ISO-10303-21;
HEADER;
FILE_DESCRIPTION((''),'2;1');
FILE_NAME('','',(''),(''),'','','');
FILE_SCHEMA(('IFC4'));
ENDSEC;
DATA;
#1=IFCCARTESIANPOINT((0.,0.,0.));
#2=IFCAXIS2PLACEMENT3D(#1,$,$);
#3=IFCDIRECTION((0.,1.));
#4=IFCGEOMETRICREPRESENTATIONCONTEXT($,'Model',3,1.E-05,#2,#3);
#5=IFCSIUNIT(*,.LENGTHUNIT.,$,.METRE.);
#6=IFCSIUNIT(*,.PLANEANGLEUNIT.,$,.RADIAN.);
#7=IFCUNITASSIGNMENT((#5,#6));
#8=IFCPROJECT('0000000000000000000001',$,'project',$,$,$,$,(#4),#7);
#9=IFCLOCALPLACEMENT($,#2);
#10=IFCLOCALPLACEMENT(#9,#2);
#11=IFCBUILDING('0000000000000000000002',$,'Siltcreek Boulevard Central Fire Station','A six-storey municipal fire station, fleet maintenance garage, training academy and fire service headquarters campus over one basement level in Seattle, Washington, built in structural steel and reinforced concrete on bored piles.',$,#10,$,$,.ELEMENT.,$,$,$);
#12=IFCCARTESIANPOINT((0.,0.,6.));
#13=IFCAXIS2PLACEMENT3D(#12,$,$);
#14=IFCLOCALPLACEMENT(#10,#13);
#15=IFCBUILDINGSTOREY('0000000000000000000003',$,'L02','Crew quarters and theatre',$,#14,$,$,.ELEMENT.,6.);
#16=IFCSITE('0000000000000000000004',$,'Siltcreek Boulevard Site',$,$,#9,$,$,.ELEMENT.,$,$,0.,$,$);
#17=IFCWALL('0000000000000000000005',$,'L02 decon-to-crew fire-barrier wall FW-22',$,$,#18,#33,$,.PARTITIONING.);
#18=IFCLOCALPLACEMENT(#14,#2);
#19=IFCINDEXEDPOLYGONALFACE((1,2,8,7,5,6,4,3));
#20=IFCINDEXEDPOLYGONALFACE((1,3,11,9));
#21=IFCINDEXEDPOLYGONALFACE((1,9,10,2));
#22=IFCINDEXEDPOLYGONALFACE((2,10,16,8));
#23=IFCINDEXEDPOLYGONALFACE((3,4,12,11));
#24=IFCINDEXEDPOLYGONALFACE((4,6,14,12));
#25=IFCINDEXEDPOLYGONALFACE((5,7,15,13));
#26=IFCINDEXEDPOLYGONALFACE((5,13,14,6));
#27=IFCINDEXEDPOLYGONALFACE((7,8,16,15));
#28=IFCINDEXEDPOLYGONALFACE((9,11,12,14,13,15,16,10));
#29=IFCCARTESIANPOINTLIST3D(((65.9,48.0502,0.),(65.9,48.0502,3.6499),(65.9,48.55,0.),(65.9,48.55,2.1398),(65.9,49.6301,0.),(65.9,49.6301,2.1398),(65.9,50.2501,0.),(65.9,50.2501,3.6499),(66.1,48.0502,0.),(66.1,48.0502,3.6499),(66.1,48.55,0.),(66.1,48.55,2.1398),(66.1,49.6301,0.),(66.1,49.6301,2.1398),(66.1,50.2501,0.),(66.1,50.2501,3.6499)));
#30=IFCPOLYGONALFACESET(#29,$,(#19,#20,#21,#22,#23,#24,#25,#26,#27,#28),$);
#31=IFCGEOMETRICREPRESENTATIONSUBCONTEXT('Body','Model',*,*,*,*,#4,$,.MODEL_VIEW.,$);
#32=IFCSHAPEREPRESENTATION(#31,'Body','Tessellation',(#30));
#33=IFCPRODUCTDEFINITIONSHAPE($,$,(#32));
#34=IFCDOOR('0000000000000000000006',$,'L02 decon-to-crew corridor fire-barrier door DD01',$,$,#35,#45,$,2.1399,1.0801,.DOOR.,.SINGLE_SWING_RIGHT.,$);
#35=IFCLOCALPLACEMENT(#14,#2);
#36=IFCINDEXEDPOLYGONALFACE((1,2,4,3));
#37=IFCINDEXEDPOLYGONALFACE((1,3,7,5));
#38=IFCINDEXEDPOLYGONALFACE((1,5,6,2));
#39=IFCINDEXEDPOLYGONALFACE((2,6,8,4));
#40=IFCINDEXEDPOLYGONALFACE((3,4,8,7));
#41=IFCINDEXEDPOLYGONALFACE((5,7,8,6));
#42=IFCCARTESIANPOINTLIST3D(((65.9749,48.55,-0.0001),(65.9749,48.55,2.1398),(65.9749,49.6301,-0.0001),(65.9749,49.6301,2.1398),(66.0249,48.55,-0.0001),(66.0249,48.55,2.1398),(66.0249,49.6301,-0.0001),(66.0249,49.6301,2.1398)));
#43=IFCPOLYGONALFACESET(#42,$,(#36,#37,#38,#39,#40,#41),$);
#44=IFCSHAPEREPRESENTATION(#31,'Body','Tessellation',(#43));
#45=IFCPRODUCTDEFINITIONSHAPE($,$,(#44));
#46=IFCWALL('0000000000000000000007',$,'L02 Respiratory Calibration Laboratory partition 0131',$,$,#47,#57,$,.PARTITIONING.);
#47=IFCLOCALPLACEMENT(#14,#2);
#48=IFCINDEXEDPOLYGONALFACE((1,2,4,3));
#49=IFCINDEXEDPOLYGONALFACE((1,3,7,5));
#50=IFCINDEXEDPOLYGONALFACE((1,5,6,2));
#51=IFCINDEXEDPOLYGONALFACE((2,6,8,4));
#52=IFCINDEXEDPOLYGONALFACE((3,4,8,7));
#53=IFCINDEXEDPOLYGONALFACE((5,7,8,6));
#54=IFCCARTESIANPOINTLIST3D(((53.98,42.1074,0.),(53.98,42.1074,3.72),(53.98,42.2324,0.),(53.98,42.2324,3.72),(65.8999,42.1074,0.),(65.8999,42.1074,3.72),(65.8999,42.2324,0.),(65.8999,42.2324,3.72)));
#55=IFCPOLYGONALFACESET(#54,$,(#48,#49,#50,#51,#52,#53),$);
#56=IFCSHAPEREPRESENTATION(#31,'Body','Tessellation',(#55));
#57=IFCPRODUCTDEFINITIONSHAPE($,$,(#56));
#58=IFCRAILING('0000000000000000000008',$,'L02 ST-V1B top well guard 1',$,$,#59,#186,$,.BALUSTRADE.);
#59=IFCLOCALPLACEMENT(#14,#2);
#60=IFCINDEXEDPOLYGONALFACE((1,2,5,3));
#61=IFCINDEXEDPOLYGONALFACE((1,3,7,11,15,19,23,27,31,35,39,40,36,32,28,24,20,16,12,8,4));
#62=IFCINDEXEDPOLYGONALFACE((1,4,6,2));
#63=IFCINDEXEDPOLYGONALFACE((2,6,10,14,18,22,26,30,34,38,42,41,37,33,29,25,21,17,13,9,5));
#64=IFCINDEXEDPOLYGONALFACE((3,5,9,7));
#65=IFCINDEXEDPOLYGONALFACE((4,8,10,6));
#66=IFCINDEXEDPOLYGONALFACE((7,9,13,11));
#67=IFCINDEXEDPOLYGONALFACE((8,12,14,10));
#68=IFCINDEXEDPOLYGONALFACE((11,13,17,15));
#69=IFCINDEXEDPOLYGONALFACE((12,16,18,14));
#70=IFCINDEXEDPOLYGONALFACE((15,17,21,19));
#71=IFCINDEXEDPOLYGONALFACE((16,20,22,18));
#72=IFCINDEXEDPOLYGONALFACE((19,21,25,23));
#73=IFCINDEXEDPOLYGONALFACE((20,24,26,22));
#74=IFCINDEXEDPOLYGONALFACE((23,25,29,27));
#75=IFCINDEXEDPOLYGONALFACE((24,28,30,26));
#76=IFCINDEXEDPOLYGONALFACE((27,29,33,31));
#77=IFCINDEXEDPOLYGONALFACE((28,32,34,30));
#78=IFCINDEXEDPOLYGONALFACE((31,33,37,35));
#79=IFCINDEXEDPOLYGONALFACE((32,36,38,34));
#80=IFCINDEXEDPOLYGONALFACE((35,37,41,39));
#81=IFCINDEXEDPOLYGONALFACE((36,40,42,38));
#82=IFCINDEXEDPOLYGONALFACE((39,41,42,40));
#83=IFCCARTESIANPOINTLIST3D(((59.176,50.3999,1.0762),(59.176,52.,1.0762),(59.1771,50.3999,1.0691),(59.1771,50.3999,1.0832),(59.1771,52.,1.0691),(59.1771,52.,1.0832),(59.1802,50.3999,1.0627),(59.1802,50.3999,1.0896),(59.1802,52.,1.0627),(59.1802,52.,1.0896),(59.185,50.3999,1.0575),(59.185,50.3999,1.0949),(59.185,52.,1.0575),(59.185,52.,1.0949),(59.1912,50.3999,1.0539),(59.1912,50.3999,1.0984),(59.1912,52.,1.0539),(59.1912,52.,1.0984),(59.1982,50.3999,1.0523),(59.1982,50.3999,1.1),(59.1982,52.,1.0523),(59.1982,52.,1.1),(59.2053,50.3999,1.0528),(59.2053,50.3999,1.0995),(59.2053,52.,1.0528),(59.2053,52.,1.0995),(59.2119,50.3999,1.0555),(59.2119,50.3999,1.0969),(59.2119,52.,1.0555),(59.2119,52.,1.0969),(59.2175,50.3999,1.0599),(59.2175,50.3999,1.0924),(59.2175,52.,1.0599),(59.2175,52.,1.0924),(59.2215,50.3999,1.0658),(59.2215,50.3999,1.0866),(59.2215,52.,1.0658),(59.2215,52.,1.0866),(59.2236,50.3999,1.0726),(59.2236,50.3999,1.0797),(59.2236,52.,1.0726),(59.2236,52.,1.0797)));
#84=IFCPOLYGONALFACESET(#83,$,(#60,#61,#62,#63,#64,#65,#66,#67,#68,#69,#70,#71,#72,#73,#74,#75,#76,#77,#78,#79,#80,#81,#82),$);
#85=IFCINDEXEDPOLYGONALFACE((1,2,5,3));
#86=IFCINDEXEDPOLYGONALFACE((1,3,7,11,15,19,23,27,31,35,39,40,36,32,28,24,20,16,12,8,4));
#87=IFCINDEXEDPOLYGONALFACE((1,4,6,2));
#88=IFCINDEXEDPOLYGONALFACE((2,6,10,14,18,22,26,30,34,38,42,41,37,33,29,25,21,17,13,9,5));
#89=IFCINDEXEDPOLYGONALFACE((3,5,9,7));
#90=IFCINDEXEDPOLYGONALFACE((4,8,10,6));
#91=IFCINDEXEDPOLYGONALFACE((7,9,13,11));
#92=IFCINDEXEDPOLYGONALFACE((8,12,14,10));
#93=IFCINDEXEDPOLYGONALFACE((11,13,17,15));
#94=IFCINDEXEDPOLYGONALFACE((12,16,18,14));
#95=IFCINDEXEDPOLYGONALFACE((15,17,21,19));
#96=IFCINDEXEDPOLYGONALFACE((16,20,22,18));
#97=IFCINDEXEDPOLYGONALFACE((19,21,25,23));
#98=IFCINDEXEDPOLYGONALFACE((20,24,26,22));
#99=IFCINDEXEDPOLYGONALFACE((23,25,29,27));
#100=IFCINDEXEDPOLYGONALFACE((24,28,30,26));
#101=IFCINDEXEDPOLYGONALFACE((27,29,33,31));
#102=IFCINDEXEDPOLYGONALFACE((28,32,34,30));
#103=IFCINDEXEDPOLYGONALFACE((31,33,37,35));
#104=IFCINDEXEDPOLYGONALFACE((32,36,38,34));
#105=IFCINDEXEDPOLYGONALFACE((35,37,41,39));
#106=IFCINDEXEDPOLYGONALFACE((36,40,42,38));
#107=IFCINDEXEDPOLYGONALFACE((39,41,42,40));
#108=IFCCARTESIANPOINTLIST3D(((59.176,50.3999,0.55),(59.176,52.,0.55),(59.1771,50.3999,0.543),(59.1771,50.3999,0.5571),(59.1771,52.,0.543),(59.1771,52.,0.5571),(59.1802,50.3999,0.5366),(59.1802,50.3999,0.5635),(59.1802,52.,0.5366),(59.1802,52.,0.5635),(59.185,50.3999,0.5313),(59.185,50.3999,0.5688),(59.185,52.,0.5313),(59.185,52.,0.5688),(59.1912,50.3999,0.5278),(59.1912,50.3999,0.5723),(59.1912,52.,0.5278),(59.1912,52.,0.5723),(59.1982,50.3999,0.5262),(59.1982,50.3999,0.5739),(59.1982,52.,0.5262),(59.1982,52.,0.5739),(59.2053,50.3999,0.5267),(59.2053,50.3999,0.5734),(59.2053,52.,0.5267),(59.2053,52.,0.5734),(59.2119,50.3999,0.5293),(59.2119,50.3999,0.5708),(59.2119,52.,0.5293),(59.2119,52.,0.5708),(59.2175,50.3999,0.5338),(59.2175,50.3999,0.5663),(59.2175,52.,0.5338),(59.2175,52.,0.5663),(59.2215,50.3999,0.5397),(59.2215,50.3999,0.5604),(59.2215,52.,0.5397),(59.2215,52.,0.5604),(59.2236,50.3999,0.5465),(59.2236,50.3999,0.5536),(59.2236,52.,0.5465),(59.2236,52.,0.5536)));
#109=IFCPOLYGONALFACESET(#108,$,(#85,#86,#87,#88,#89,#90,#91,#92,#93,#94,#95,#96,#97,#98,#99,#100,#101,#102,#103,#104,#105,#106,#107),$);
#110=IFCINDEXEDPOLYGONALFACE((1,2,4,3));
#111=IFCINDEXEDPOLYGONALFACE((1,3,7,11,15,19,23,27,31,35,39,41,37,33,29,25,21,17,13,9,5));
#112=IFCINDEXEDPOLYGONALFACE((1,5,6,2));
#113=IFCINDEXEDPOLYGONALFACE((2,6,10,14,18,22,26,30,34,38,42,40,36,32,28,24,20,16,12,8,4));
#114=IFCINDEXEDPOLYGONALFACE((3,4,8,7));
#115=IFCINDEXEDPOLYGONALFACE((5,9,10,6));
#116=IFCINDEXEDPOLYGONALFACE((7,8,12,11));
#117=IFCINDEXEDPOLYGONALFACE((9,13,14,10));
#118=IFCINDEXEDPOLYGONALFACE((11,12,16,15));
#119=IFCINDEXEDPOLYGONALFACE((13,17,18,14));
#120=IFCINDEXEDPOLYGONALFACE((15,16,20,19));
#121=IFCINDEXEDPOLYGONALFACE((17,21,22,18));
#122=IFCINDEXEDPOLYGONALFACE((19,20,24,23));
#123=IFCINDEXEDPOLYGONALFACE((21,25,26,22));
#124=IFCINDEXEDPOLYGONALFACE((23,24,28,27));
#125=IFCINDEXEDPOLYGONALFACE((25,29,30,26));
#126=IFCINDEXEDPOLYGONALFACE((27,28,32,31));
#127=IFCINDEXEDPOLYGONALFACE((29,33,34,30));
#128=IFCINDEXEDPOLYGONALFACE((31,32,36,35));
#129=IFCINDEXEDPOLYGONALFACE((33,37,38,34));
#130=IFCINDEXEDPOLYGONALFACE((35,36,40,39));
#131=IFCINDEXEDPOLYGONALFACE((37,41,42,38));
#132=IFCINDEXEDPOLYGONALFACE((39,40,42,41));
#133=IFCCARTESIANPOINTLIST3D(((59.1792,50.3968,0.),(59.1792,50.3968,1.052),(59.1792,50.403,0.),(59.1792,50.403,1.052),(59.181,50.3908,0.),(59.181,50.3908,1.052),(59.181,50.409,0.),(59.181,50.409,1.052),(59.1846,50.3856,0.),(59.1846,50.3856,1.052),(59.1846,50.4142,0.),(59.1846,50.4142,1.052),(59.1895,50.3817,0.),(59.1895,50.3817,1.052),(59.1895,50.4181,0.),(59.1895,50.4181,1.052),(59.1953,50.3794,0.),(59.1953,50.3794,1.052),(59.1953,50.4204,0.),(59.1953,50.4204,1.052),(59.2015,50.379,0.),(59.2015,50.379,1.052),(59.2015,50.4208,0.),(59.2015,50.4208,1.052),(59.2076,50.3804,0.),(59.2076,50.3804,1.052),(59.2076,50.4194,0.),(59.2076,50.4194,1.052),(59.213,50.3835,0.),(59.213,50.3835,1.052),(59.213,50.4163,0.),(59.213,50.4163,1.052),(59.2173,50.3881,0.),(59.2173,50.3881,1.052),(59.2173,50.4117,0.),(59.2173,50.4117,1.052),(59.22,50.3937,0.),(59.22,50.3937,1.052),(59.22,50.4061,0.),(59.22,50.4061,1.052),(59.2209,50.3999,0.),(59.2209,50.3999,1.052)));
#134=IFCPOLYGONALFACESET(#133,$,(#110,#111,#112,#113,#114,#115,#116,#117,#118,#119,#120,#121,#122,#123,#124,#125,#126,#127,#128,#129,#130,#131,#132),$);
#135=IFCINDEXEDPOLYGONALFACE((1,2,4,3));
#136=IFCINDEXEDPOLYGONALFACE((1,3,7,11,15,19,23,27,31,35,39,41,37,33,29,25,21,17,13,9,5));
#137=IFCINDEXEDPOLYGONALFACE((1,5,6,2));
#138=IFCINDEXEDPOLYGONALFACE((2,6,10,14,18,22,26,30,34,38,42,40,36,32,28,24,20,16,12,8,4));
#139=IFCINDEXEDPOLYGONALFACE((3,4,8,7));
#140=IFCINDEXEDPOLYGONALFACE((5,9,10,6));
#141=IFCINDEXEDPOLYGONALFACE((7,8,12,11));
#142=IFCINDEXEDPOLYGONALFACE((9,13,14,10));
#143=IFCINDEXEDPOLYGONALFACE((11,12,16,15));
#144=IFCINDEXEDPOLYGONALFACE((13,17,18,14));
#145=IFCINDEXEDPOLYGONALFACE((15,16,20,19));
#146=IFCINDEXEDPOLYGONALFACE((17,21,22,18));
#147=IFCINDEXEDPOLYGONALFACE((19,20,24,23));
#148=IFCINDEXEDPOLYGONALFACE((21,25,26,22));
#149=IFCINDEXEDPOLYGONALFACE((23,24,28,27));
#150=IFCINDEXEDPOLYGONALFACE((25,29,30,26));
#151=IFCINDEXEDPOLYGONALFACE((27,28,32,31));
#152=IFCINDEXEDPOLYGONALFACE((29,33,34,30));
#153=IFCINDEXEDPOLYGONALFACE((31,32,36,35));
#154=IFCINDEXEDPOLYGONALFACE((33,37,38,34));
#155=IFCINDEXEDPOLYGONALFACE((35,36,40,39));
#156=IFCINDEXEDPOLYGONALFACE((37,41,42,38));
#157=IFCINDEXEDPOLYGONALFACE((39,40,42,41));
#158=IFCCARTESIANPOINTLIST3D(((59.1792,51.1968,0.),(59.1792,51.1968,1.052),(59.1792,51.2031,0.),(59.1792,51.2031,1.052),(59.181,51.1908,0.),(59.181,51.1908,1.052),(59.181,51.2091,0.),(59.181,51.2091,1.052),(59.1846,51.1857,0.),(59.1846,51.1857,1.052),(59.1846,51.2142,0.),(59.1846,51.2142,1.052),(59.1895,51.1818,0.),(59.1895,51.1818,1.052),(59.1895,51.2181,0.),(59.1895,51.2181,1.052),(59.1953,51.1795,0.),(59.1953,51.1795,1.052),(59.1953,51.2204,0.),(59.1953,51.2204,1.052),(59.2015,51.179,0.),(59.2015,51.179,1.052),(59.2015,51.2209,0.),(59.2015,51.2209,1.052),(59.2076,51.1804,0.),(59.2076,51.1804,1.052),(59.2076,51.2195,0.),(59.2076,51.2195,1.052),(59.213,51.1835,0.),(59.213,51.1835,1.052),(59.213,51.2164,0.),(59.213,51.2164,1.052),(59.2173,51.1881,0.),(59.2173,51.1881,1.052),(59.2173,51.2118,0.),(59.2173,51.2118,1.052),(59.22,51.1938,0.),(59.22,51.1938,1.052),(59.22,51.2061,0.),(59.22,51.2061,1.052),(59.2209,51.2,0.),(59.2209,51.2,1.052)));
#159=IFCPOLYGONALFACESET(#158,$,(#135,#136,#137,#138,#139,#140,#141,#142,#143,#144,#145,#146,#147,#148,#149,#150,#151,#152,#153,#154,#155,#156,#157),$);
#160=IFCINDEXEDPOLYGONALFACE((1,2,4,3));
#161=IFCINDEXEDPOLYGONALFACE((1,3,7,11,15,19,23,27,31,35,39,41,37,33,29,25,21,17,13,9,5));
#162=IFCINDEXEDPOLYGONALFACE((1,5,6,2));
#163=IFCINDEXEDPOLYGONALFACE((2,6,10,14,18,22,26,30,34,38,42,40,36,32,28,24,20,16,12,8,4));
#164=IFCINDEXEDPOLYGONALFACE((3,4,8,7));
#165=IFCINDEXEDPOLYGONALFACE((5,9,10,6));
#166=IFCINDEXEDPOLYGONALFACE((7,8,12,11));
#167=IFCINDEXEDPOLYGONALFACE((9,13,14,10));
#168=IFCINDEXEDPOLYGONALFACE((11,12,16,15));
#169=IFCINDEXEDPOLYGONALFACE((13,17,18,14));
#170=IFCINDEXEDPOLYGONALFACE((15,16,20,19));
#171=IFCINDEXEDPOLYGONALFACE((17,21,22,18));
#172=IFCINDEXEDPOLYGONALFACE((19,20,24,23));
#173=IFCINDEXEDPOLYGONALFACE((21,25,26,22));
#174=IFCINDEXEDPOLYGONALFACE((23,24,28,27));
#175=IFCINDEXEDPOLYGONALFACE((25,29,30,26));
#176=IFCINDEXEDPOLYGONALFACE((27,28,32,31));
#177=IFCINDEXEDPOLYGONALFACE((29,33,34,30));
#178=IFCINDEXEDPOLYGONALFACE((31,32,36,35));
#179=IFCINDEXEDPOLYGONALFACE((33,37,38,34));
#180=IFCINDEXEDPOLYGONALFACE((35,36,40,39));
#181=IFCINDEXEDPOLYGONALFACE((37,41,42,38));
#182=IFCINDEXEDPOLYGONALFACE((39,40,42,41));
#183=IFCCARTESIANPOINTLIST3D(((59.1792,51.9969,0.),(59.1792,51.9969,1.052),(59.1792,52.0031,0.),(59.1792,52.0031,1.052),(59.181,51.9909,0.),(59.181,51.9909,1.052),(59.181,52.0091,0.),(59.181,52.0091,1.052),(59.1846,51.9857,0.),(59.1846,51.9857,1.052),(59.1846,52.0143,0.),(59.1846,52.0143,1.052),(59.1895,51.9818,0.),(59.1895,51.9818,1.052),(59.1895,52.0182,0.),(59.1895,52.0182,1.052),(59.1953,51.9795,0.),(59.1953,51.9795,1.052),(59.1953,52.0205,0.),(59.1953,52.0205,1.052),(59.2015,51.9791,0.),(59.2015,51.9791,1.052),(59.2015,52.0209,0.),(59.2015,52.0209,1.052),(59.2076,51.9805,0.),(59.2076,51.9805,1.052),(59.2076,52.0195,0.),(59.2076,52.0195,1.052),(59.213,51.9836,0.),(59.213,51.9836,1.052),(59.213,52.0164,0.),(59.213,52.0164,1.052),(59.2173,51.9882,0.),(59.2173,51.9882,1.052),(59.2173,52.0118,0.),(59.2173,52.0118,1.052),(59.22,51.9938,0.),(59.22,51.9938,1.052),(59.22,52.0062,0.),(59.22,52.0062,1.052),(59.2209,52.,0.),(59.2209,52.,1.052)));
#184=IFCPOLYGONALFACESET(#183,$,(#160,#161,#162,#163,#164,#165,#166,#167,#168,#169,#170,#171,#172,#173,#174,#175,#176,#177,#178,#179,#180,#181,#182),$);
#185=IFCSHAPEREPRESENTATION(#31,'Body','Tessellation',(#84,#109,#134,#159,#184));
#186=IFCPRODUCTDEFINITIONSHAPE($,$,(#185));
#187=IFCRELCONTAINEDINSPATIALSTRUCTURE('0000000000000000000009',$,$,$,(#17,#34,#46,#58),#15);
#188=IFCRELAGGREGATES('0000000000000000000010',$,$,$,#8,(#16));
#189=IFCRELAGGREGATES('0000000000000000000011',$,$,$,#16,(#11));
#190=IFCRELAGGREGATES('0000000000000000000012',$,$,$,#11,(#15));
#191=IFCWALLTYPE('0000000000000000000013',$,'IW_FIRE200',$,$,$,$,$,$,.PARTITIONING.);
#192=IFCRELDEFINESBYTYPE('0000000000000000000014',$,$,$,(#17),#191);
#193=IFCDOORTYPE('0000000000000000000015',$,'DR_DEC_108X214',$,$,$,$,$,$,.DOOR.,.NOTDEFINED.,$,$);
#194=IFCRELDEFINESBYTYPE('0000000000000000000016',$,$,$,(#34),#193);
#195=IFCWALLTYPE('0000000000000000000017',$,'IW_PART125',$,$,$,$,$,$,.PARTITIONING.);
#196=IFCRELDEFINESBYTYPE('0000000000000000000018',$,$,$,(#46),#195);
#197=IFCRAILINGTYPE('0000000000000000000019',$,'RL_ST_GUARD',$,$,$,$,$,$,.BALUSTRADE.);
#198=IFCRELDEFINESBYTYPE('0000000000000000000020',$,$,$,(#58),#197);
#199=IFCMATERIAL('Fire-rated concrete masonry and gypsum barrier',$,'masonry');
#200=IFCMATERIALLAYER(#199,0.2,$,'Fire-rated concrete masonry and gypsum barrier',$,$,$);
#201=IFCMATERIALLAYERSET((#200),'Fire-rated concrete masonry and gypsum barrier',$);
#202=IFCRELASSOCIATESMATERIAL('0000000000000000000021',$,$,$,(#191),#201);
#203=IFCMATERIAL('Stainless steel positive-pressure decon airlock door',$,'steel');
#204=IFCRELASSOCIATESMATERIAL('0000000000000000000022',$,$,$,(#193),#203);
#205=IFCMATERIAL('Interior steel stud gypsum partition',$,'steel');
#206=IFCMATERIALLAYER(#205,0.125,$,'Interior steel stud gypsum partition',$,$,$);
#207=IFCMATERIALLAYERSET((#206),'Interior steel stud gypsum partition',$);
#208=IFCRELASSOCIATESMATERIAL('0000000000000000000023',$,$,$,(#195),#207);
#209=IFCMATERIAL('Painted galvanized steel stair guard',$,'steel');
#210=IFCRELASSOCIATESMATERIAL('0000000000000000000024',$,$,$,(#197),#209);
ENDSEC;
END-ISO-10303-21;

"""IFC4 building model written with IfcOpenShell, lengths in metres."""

from ifc_helpers import new_model, si_unit, direction, frame, frame_2d, origin, origin_2d, place, context, subcontext, project, spatial, rectangle, circle, extrude, material, layer, layer_set, type_object, element, fill, save


model = new_model("IFC4")

# Units and contexts
model_context = context("Model", 3, precision=1e-05, world=origin(), true_north=direction((0.0, 1.0)))
body_context = subcontext(model_context, "Body", "Model", "MODEL_VIEW")
ifc_project = project(units=[si_unit("LENGTHUNIT", "METRE"), si_unit("PLANEANGLEUNIT", "RADIAN")], contexts=[model_context])

# Site, building, storey
site_placement = place(None, origin())
site = spatial("IfcSite", under=ifc_project, at=site_placement, Name="Siltcreek Boulevard Site", CompositionType="ELEMENT", RefElevation=0.0)
building_placement = place(site_placement, origin())
building = spatial("IfcBuilding", under=site, at=building_placement, Name="Siltcreek Boulevard Central Fire Station", Description="A six-storey municipal fire station, fleet maintenance garage, training academy and fire service headquarters campus over one basement level in Seattle, Washington, built in structural steel and reinforced concrete on bored piles.", CompositionType="ELEMENT")
storey_placement = place(building_placement, frame((0.0, 0.0, 6.0)))
storey = spatial("IfcBuildingStorey", under=building, at=storey_placement, Name="L02", Description="Crew quarters and theatre", CompositionType="ELEMENT", Elevation=6.0)

# Shared definitions
ifc_material_1 = material(Name="Fire-rated concrete masonry and gypsum barrier", Category="masonry")
ifc_layer_1 = layer(ifc_material_1, 0.2, Name="Fire-rated concrete masonry and gypsum barrier")
ifc_layer_set_1 = layer_set([ifc_layer_1], Name="Fire-rated concrete masonry and gypsum barrier")
wall_type_1 = type_object("IfcWallType", Name="IW_FIRE200", PredefinedType="PARTITIONING", material=ifc_layer_set_1)

# Wall, opening, door
wall_1_placement = place(storey_placement, frame((66.0, 48.05, 0.0), z_axis=(0.0, 0.0, 1.0), x_axis=(0.0, 1.0, 0.0)))
wall_1 = element("IfcWall", 1, at=wall_1_placement, inside=storey, type_object=wall_type_1, Name="L02 decon-to-crew fire-barrier wall FW-22", PredefinedType="PARTITIONING", context=body_context, shape_type="SweptSolid", body=[
    extrude(rectangle(XDim=2.2, YDim=0.2, at=frame_2d((1.1001, 0.0))), origin(), (0.0, 0.0, 1.0), 3.6499),
])
opening_1_placement = place(wall_1_placement, frame((0.5, 0.0, 0.0)))
opening_1 = element("IfcOpeningElement", 2, at=opening_1_placement, cuts=wall_1, PredefinedType="OPENING", context=body_context, shape_type="SweptSolid", body=[
    extrude(rectangle(XDim=1.0801, YDim=2.1399, at=frame_2d((0.54, 1.0698))), frame((0.0, 0.1099, 0.0), z_axis=(0.0, -1.0, 0.0), x_axis=(1.0, 0.0, 0.0)), (0.0, 0.0, 1.0), 0.22),
])
ifc_material_2 = material(Name="Stainless steel positive-pressure decon airlock door", Category="steel")
door_type = type_object("IfcDoorType", Name="DR_DEC_108X214", OperationType="NOTDEFINED", PredefinedType="DOOR", material=ifc_material_2)
door_placement = place(opening_1_placement, frame((1.0801, 0.0, 0.0), z_axis=(0.0, 0.0, 1.0), x_axis=(-1.0, 0.0, 0.0)))
door = element("IfcDoor", 3, at=door_placement, inside=storey, type_object=door_type, Name="L02 decon-to-crew corridor fire-barrier door DD01", OperationType="SINGLE_SWING_RIGHT", OverallHeight=2.1399, OverallWidth=1.0801, PredefinedType="DOOR", context=body_context, shape_type="SweptSolid", body=[
    extrude(rectangle(XDim=1.0801, YDim=2.1399, at=frame_2d((0.54, 1.0698))), frame((0.0, 0.0249, 0.0), z_axis=(0.0, -1.0, 0.0), x_axis=(1.0, 0.0, 0.0)), (0.0, 0.0, 1.0), 0.05),
])
fill(opening_1, door)

# Wall
ifc_material_3 = material(Name="Interior steel stud gypsum partition", Category="steel")
ifc_layer_2 = layer(ifc_material_3, 0.125, Name="Interior steel stud gypsum partition")
ifc_layer_set_2 = layer_set([ifc_layer_2], Name="Interior steel stud gypsum partition")
wall_type_2 = type_object("IfcWallType", Name="IW_PART125", PredefinedType="PARTITIONING", material=ifc_layer_set_2)
wall_2_placement = place(storey_placement, frame((65.8999, 42.1699, 0.0), z_axis=(0.0, 0.0, 1.0), x_axis=(-1.0, 0.0, 0.0)))
element("IfcWall", 4, at=wall_2_placement, inside=storey, type_object=wall_type_2, Name="L02 Respiratory Calibration Laboratory partition 0131", PredefinedType="PARTITIONING", context=body_context, shape_type="SweptSolid", body=[
    extrude(rectangle(XDim=11.9199, YDim=0.125, at=frame_2d((5.96, 0.0))), origin(), (0.0, 0.0, 1.0), 3.72),
])

# Railing
ifc_material_4 = material(Name="Painted galvanized steel stair guard", Category="steel")
railing_type = type_object("IfcRailingType", Name="RL_ST_GUARD", PredefinedType="BALUSTRADE", material=ifc_material_4)
railing_placement = place(storey_placement, frame((59.2, 50.3999, 0.0)))
element("IfcRailing", 5, at=railing_placement, inside=storey, type_object=railing_type, Name="L02 ST-V1B top well guard 1", PredefinedType="BALUSTRADE", context=body_context, shape_type="SweptSolid", body=[
    extrude(circle(Radius=0.0239, at=origin_2d()), frame((0.0, 0.0, 1.0762), z_axis=(0.0, 1.0, 0.0), x_axis=(-1.0, 0.0, 0.0)), (0.0, 0.0, 1.0), 1.6001),
    extrude(circle(Radius=0.0239, at=origin_2d()), frame((0.0, 0.0, 0.55), z_axis=(0.0, 1.0, 0.0), x_axis=(-1.0, 0.0, 0.0)), (0.0, 0.0, 1.0), 1.6001),
    extrude(circle(Radius=0.021, at=origin_2d()), origin(), (0.0, 0.0, 1.0), 1.052),
    extrude(circle(Radius=0.021, at=origin_2d()), frame((0.0, 0.8, 0.0)), (0.0, 0.0, 1.0), 1.052),
    extrude(circle(Radius=0.021, at=origin_2d()), frame((0.0, 1.6001, 0.0)), (0.0, 0.0, 1.0), 1.052),
])

save(model, "model.ifc")
